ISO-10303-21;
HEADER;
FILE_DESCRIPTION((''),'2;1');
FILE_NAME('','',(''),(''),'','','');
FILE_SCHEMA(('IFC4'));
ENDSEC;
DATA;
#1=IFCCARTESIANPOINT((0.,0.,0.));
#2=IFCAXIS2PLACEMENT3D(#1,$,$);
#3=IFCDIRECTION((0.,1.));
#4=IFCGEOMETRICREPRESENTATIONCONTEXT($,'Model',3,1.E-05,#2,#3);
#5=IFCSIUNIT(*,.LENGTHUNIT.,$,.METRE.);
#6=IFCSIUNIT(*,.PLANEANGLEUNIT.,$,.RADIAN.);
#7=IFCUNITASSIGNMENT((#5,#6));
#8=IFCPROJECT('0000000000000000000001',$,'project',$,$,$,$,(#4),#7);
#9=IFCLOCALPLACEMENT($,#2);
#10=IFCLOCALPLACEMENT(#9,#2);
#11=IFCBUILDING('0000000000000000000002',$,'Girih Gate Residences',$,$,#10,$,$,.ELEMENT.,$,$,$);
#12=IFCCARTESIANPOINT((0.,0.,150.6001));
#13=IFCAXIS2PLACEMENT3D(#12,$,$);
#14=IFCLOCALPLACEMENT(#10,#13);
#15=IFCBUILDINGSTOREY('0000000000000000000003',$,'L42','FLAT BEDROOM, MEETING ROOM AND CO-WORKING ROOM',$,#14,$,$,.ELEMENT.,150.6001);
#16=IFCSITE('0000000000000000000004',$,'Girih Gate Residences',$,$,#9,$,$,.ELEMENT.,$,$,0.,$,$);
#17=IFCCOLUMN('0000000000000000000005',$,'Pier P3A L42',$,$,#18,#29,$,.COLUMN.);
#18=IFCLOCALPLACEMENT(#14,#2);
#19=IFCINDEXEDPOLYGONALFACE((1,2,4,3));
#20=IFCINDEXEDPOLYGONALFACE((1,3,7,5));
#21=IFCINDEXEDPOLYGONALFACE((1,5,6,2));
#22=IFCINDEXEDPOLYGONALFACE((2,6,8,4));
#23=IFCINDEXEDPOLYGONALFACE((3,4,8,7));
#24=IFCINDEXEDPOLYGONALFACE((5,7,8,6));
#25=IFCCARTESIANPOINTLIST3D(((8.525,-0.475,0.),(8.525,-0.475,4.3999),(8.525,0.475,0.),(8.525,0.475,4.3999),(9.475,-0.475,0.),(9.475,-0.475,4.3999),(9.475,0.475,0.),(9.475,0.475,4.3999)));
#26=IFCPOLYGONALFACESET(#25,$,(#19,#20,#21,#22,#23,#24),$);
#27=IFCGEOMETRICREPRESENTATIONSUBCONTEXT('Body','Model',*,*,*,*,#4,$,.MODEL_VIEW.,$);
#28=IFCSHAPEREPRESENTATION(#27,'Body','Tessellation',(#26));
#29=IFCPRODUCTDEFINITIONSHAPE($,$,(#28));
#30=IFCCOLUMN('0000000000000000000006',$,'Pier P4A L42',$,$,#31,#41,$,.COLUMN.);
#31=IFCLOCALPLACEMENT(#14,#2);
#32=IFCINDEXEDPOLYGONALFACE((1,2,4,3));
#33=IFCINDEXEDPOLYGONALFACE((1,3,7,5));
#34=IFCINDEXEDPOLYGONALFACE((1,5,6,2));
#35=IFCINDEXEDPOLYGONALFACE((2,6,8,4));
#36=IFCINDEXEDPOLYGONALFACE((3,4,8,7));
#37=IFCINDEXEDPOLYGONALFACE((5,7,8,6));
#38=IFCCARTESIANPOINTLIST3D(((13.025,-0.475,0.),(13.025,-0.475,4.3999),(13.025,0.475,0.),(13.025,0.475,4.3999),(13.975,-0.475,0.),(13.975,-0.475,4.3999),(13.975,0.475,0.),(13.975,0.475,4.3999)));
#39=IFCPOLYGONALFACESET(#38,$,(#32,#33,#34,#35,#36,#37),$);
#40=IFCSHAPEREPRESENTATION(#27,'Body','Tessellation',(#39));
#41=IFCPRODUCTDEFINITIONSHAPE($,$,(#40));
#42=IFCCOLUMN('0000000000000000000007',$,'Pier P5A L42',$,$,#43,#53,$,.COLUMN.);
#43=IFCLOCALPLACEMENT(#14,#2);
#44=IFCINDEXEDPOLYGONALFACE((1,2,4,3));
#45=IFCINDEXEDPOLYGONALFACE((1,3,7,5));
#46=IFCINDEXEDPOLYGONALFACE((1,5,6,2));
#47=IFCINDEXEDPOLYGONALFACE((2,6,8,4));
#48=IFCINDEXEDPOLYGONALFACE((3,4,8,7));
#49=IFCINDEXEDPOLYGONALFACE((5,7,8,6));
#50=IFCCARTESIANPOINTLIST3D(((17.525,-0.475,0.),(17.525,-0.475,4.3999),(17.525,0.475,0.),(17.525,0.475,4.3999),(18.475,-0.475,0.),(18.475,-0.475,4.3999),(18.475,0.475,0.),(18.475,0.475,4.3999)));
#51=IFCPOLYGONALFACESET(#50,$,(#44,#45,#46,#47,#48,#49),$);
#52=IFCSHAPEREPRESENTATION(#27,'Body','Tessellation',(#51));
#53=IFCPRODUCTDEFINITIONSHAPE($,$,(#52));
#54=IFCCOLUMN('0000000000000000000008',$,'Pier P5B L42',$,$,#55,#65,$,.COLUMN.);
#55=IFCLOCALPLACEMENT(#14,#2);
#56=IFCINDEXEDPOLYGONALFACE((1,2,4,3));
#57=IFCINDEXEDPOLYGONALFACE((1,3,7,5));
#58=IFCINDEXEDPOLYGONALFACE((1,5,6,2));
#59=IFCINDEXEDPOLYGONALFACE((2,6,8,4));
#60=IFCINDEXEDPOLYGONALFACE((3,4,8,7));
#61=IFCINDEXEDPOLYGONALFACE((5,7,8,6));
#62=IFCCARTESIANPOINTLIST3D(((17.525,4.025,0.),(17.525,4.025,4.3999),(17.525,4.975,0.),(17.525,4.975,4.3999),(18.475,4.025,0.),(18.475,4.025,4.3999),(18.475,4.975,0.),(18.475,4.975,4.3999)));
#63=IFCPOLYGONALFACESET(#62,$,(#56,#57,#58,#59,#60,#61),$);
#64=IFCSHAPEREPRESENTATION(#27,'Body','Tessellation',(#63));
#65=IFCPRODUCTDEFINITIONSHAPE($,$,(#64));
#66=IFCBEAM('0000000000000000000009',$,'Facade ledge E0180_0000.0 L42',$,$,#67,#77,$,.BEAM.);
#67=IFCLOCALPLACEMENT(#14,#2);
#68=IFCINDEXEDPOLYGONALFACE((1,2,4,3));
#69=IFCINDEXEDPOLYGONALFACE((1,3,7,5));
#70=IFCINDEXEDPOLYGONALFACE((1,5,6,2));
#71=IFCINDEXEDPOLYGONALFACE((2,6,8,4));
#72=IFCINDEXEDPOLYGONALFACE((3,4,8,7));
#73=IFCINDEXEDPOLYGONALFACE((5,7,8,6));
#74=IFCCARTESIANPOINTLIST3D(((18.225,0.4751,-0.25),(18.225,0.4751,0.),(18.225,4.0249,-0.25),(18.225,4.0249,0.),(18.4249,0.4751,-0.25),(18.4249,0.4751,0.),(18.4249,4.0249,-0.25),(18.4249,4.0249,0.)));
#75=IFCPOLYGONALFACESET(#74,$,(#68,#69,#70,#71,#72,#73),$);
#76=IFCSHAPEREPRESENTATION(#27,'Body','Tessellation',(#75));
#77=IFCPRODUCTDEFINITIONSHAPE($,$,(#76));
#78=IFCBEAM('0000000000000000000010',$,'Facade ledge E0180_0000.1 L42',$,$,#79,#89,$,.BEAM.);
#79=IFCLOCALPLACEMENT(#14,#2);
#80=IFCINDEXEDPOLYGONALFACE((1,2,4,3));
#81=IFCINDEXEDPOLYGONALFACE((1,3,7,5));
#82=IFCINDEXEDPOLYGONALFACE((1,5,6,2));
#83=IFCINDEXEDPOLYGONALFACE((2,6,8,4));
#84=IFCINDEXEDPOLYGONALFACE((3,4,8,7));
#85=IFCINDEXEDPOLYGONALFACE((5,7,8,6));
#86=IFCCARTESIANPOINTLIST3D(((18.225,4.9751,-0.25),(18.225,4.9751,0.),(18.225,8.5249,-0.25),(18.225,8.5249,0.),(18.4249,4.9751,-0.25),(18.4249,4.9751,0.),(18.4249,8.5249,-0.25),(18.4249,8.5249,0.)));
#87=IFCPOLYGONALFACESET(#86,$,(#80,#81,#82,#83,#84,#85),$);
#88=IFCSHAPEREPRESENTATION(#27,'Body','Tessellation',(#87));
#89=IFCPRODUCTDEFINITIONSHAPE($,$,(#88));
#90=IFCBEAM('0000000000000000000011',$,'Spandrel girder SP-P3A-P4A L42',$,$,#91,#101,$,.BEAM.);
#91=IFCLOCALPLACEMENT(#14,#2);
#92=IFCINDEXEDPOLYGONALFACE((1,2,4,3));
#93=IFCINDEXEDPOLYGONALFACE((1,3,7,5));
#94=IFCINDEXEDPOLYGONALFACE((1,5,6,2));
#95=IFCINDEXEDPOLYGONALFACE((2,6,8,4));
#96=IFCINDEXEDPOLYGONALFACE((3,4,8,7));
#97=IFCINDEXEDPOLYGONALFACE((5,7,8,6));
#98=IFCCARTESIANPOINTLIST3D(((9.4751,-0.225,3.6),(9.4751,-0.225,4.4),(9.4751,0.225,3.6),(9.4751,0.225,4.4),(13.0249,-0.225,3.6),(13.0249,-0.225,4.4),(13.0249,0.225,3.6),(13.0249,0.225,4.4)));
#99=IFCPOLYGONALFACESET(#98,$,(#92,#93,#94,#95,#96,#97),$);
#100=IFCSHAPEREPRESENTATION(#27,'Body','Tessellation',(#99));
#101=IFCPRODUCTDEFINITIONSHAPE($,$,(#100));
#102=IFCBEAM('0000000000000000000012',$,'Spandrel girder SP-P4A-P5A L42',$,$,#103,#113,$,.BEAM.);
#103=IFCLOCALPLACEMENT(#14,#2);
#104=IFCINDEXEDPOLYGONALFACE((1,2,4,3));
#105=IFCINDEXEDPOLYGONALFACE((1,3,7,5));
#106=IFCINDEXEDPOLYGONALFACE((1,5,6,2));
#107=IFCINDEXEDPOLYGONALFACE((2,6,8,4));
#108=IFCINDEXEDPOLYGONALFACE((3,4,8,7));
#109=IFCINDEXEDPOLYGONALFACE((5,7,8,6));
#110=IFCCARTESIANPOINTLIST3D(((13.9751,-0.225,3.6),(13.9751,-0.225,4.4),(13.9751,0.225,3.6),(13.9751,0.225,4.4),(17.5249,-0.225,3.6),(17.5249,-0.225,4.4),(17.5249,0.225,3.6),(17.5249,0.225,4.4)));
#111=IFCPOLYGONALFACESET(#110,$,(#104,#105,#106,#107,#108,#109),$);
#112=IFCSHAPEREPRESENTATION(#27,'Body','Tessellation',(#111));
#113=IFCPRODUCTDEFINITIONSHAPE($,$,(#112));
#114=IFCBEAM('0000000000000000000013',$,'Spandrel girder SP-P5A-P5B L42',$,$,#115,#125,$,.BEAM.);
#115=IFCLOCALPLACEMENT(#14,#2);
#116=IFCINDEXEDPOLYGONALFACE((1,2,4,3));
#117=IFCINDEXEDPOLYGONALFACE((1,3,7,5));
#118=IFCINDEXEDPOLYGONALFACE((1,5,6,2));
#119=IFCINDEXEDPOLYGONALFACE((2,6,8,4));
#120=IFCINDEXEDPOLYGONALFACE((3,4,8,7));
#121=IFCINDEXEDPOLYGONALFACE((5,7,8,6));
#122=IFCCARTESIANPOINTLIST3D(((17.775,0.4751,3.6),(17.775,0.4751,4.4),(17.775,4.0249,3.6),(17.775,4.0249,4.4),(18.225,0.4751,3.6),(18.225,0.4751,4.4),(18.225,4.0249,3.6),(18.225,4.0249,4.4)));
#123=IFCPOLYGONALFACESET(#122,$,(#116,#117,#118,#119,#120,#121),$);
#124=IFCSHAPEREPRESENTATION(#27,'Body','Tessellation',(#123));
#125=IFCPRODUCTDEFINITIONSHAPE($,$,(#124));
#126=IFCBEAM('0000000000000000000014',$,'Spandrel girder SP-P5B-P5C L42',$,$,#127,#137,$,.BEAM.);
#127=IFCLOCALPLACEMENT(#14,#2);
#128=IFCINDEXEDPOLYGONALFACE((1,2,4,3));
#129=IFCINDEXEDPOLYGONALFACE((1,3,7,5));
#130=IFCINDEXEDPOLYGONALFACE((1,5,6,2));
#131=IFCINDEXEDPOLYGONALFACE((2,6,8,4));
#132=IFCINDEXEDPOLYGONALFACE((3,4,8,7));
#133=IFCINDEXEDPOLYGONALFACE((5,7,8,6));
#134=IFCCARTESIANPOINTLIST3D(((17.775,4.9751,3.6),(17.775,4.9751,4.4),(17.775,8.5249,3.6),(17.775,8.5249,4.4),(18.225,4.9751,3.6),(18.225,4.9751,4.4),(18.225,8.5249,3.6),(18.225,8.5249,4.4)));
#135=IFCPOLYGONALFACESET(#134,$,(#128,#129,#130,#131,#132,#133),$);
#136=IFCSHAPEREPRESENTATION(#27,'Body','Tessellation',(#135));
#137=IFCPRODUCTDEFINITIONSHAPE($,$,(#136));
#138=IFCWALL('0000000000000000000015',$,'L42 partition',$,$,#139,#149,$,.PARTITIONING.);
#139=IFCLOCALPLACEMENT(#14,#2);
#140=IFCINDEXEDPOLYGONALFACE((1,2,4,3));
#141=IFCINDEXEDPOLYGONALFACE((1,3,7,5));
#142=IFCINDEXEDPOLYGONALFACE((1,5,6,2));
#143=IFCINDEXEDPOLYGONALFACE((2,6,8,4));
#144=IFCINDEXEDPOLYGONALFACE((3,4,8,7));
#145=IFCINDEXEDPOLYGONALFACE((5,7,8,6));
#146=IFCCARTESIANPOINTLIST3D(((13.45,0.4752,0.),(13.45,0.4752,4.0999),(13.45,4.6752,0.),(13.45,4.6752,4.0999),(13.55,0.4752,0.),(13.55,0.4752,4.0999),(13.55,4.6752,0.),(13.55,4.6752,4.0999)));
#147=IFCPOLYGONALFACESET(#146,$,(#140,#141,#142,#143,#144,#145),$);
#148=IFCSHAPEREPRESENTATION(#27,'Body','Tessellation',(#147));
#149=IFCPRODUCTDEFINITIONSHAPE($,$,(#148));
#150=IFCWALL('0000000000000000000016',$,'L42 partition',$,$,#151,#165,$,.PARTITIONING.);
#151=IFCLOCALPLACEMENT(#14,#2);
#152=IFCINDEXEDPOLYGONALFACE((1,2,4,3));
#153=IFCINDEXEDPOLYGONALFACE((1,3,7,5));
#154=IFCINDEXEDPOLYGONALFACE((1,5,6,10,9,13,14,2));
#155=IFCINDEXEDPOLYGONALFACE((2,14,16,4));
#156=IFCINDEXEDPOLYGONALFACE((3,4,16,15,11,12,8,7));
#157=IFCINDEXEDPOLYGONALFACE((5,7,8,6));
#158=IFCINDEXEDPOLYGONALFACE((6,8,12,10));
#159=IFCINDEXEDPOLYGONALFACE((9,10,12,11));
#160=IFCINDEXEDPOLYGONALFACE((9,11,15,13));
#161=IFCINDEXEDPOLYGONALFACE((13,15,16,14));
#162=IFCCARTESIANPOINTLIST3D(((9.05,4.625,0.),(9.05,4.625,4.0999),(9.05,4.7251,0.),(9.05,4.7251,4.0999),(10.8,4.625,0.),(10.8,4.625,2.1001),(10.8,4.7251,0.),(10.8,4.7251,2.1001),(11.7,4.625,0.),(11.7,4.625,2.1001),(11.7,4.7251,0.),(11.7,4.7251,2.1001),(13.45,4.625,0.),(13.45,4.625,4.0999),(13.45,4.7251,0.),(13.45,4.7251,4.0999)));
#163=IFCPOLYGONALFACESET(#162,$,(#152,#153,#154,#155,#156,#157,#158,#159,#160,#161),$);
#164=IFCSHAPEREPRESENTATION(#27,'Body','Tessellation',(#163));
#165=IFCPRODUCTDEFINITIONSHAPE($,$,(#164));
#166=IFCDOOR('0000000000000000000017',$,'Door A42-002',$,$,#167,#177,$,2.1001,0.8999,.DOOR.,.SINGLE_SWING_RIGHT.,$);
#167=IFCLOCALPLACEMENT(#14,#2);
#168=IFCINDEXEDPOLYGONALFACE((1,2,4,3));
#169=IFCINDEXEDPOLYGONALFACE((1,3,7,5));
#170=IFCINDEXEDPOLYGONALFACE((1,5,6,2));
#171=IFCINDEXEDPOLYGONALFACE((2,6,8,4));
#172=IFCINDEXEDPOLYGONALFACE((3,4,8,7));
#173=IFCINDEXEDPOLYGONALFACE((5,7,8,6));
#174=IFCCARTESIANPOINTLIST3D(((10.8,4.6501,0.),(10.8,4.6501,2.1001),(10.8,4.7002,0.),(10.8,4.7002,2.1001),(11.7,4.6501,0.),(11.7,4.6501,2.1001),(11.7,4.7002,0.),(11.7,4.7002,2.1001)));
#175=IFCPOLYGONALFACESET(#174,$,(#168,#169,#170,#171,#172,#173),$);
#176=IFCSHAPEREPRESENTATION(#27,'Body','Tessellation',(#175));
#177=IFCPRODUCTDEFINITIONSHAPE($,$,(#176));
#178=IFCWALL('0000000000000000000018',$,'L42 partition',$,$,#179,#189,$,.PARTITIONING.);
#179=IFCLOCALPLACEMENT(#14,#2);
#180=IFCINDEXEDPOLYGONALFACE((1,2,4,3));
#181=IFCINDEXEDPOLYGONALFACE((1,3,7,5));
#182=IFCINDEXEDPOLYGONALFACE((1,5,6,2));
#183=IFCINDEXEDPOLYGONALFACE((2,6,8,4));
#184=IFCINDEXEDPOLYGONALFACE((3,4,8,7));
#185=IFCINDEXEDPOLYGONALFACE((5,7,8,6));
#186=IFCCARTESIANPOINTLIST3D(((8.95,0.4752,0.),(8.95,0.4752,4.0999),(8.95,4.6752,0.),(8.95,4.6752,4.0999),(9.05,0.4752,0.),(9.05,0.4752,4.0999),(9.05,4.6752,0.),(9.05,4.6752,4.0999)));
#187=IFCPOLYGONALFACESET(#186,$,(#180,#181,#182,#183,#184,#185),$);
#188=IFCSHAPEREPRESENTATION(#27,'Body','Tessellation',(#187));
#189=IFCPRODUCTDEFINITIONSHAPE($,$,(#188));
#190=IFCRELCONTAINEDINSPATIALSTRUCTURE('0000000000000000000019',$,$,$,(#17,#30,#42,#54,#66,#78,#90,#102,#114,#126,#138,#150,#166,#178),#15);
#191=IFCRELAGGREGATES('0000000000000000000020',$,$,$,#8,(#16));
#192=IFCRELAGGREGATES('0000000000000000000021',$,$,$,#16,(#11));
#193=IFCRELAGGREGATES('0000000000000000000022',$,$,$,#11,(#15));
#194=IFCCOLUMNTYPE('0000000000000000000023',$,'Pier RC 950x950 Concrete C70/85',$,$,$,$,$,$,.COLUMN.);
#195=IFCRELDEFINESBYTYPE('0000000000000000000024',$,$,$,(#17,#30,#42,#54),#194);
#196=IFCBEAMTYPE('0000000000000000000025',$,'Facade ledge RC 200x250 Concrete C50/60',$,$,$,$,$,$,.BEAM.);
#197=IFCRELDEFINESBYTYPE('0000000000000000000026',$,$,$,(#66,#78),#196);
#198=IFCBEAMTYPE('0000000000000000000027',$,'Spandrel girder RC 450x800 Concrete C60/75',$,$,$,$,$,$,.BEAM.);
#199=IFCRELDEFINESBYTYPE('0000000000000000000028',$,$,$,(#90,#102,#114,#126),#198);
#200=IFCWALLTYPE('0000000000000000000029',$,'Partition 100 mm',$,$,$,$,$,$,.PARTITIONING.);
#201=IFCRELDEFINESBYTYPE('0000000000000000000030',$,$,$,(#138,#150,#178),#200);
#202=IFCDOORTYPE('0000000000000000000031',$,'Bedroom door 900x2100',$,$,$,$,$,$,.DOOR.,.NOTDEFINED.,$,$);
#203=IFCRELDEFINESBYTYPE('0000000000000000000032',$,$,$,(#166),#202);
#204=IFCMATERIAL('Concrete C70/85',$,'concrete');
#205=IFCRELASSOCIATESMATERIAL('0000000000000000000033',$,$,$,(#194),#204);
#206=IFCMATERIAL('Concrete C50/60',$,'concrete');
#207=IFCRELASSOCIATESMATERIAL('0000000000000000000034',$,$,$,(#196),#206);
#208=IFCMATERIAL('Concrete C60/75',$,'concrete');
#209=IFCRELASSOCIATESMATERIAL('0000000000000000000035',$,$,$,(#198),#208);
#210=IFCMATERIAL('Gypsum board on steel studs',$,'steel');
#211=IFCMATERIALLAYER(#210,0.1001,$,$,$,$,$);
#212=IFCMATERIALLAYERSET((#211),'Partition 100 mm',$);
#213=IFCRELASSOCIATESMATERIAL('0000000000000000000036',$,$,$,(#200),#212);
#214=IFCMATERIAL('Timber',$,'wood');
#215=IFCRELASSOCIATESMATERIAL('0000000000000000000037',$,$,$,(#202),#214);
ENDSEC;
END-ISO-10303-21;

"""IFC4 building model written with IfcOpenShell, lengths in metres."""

from ifc_helpers import new_model, si_unit, direction, frame, frame_2d, origin, origin_2d, place, context, subcontext, project, spatial, rectangle, extrude, material, layer, layer_set, material_profile, profile_set, type_object, element, fill, save


model = new_model("IFC4")

# Units and contexts
model_context = context("Model", 3, precision=1e-05, world=origin(), true_north=direction((0.0, 1.0)))
body_context = subcontext(model_context, "Body", "Model", "MODEL_VIEW")
ifc_project = project(units=[si_unit("LENGTHUNIT", "METRE"), si_unit("PLANEANGLEUNIT", "RADIAN")], contexts=[model_context])

# Site, building, storey
site_placement = place(None, origin())
site = spatial("IfcSite", under=ifc_project, at=site_placement, Name="Girih Gate Residences", CompositionType="ELEMENT", RefElevation=0.0)
building_placement = place(site_placement, origin())
building = spatial("IfcBuilding", under=site, at=building_placement, Name="Girih Gate Residences", CompositionType="ELEMENT")
storey_placement = place(building_placement, frame((0.0, 0.0, 150.6001)))
storey = spatial("IfcBuildingStorey", under=building, at=storey_placement, Name="L42", Description="FLAT BEDROOM, MEETING ROOM AND CO-WORKING ROOM", CompositionType="ELEMENT", Elevation=150.6001)

# Columns
ifc_material_1 = material(Name="Concrete C70/85", Category="concrete")
ifc_material_profile_1 = material_profile(ifc_material_1, rectangle(XDim=0.95, YDim=0.95, at=origin_2d()))
ifc_profile_set_1 = profile_set([ifc_material_profile_1], Name="Concrete C70/85")
column_type = type_object("IfcColumnType", Name="Pier RC 950x950 Concrete C70/85", PredefinedType="COLUMN", material=ifc_profile_set_1)
for number, where, z_axis, x_axis, name in (
    (1, (9.0, 0.0, 0.0), (0.0, 0.0, 1.0), (1.0, 0.0, 0.0), "Pier P3A L42"),
    (2, (13.5, 0.0, 0.0), (0.0, 0.0, 1.0), (1.0, 0.0, 0.0), "Pier P4A L42"),
    (3, (18.0, 0.0, 0.0), (0.0, 0.0, 1.0), (1.0, 0.0, 0.0), "Pier P5A L42"),
    (4, (18.0, 4.5, 0.0), (0.0, 0.0, 1.0), (1.0, 0.0, 0.0), "Pier P5B L42"),
):
    element("IfcColumn", number, at=place(storey_placement, frame(where, z_axis=z_axis, x_axis=x_axis)), inside=storey, type_object=column_type, Name=name, PredefinedType="COLUMN", context=body_context, shape_type="SweptSolid", body=[
        extrude(rectangle(XDim=0.95, YDim=0.95, at=origin_2d()), origin(), (0.0, 0.0, 1.0), 4.3999),
    ])

# Beams
ifc_material_2 = material(Name="Concrete C50/60", Category="concrete")
ifc_material_profile_2 = material_profile(ifc_material_2, rectangle(XDim=0.2, YDim=0.25, at=origin_2d()))
ifc_profile_set_2 = profile_set([ifc_material_profile_2], Name="Concrete C50/60")
beam_type_1 = type_object("IfcBeamType", Name="Facade ledge RC 200x250 Concrete C50/60", PredefinedType="BEAM", material=ifc_profile_set_2)
for number, where, z_axis, x_axis, name in (
    (5, (18.325, 0.4751, -0.125), (0.0, 1.0, 0.0), (-1.0, 0.0, 0.0), "Facade ledge E0180_0000.0 L42"),
    (6, (18.325, 4.9751, -0.125), (0.0, 1.0, 0.0), (-1.0, 0.0, 0.0), "Facade ledge E0180_0000.1 L42"),
):
    element("IfcBeam", number, at=place(storey_placement, frame(where, z_axis=z_axis, x_axis=x_axis)), inside=storey, type_object=beam_type_1, Name=name, PredefinedType="BEAM", context=body_context, shape_type="SweptSolid", body=[
        extrude(rectangle(XDim=0.2, YDim=0.25, at=origin_2d()), origin(), (0.0, 0.0, 1.0), 3.5498),
    ])
ifc_material_3 = material(Name="Concrete C60/75", Category="concrete")
ifc_material_profile_3 = material_profile(ifc_material_3, rectangle(XDim=0.45, YDim=0.8, at=origin_2d()))
ifc_profile_set_3 = profile_set([ifc_material_profile_3], Name="Concrete C60/75")
beam_type_2 = type_object("IfcBeamType", Name="Spandrel girder RC 450x800 Concrete C60/75", PredefinedType="BEAM", material=ifc_profile_set_3)
for number, where, z_axis, x_axis, name in (
    (7, (9.4751, 0.0, 4.0), (1.0, 0.0, 0.0), (0.0, 1.0, 0.0), "Spandrel girder SP-P3A-P4A L42"),
    (8, (13.9751, 0.0, 4.0), (1.0, 0.0, 0.0), (0.0, 1.0, 0.0), "Spandrel girder SP-P4A-P5A L42"),
    (9, (18.0, 0.4751, 4.0), (0.0, 1.0, 0.0), (-1.0, 0.0, 0.0), "Spandrel girder SP-P5A-P5B L42"),
    (10, (18.0, 4.9751, 4.0), (0.0, 1.0, 0.0), (-1.0, 0.0, 0.0), "Spandrel girder SP-P5B-P5C L42"),
):
    element("IfcBeam", number, at=place(storey_placement, frame(where, z_axis=z_axis, x_axis=x_axis)), inside=storey, type_object=beam_type_2, Name=name, PredefinedType="BEAM", context=body_context, shape_type="SweptSolid", body=[
        extrude(rectangle(XDim=0.45, YDim=0.8, at=origin_2d()), origin(), (0.0, 0.0, 1.0), 3.5498),
    ])

# Wall
ifc_material_4 = material(Name="Gypsum board on steel studs", Category="steel")
ifc_layer_1 = layer(ifc_material_4, 0.1001)
ifc_layer_set_1 = layer_set([ifc_layer_1], Name="Partition 100 mm")
wall_type_1 = type_object("IfcWallType", Name="Partition 100 mm", PredefinedType="PARTITIONING", material=ifc_layer_set_1)
wall_1_placement = place(storey_placement, frame((13.5, 0.4751, 0.0), z_axis=(0.0, 0.0, 1.0), x_axis=(0.0, 1.0, 0.0)))
element("IfcWall", 11, at=wall_1_placement, inside=storey, type_object=wall_type_1, Name="L42 partition", PredefinedType="PARTITIONING", context=body_context, shape_type="SweptSolid", body=[
    extrude(rectangle(XDim=4.2, YDim=0.1001, at=frame_2d((2.1001, 0.0))), origin(), (0.0, 0.0, 1.0), 4.0999),
])

# Wall, opening, door
wall_2_placement = place(storey_placement, frame((13.45, 4.675, 0.0), z_axis=(0.0, 0.0, 1.0), x_axis=(-1.0, 0.0, 0.0)))
wall_2 = element("IfcWall", 12, at=wall_2_placement, inside=storey, type_object=wall_type_1, Name="L42 partition", PredefinedType="PARTITIONING", context=body_context, shape_type="SweptSolid", body=[
    extrude(rectangle(XDim=4.3999, YDim=0.1001, at=frame_2d((2.2, 0.0))), origin(), (0.0, 0.0, 1.0), 4.0999),
])
opening_1_placement = place(wall_2_placement, frame((1.75, 0.0, 0.0)))
opening_1 = element("IfcOpeningElement", 13, at=opening_1_placement, cuts=wall_2, PredefinedType="OPENING", context=body_context, shape_type="SweptSolid", body=[
    extrude(rectangle(XDim=0.8999, YDim=2.1001, at=frame_2d((0.45, 1.05))), frame((0.0, 0.0601, 0.0), z_axis=(0.0, -1.0, 0.0), x_axis=(1.0, 0.0, 0.0)), (0.0, 0.0, 1.0), 0.1201),
])
ifc_material_5 = material(Name="Timber", Category="wood")
door_type_1 = type_object("IfcDoorType", Name="Bedroom door 900x2100", OperationType="NOTDEFINED", PredefinedType="DOOR", material=ifc_material_5)
door_1_placement = place(opening_1_placement, origin())
door_1 = element("IfcDoor", 14, at=door_1_placement, inside=storey, type_object=door_type_1, Name="Door A42-002", OperationType="SINGLE_SWING_RIGHT", OverallHeight=2.1001, OverallWidth=0.8999, PredefinedType="DOOR", context=body_context, shape_type="SweptSolid", body=[
    extrude(rectangle(XDim=0.8999, YDim=2.1001, at=frame_2d((0.45, 1.05))), frame((0.0, 0.0249, 0.0), z_axis=(0.0, -1.0, 0.0), x_axis=(1.0, 0.0, 0.0)), (0.0, 0.0, 1.0), 0.05),
])
fill(opening_1, door_1)

# Wall
wall_3_placement = place(storey_placement, frame((9.0, 0.4751, 0.0), z_axis=(0.0, 0.0, 1.0), x_axis=(0.0, 1.0, 0.0)))
element("IfcWall", 15, at=wall_3_placement, inside=storey, type_object=wall_type_1, Name="L42 partition", PredefinedType="PARTITIONING", context=body_context, shape_type="SweptSolid", body=[
    extrude(rectangle(XDim=4.2, YDim=0.1001, at=frame_2d((2.1001, 0.0))), origin(), (0.0, 0.0, 1.0), 4.0999),
])

save(model, "model.ifc")
